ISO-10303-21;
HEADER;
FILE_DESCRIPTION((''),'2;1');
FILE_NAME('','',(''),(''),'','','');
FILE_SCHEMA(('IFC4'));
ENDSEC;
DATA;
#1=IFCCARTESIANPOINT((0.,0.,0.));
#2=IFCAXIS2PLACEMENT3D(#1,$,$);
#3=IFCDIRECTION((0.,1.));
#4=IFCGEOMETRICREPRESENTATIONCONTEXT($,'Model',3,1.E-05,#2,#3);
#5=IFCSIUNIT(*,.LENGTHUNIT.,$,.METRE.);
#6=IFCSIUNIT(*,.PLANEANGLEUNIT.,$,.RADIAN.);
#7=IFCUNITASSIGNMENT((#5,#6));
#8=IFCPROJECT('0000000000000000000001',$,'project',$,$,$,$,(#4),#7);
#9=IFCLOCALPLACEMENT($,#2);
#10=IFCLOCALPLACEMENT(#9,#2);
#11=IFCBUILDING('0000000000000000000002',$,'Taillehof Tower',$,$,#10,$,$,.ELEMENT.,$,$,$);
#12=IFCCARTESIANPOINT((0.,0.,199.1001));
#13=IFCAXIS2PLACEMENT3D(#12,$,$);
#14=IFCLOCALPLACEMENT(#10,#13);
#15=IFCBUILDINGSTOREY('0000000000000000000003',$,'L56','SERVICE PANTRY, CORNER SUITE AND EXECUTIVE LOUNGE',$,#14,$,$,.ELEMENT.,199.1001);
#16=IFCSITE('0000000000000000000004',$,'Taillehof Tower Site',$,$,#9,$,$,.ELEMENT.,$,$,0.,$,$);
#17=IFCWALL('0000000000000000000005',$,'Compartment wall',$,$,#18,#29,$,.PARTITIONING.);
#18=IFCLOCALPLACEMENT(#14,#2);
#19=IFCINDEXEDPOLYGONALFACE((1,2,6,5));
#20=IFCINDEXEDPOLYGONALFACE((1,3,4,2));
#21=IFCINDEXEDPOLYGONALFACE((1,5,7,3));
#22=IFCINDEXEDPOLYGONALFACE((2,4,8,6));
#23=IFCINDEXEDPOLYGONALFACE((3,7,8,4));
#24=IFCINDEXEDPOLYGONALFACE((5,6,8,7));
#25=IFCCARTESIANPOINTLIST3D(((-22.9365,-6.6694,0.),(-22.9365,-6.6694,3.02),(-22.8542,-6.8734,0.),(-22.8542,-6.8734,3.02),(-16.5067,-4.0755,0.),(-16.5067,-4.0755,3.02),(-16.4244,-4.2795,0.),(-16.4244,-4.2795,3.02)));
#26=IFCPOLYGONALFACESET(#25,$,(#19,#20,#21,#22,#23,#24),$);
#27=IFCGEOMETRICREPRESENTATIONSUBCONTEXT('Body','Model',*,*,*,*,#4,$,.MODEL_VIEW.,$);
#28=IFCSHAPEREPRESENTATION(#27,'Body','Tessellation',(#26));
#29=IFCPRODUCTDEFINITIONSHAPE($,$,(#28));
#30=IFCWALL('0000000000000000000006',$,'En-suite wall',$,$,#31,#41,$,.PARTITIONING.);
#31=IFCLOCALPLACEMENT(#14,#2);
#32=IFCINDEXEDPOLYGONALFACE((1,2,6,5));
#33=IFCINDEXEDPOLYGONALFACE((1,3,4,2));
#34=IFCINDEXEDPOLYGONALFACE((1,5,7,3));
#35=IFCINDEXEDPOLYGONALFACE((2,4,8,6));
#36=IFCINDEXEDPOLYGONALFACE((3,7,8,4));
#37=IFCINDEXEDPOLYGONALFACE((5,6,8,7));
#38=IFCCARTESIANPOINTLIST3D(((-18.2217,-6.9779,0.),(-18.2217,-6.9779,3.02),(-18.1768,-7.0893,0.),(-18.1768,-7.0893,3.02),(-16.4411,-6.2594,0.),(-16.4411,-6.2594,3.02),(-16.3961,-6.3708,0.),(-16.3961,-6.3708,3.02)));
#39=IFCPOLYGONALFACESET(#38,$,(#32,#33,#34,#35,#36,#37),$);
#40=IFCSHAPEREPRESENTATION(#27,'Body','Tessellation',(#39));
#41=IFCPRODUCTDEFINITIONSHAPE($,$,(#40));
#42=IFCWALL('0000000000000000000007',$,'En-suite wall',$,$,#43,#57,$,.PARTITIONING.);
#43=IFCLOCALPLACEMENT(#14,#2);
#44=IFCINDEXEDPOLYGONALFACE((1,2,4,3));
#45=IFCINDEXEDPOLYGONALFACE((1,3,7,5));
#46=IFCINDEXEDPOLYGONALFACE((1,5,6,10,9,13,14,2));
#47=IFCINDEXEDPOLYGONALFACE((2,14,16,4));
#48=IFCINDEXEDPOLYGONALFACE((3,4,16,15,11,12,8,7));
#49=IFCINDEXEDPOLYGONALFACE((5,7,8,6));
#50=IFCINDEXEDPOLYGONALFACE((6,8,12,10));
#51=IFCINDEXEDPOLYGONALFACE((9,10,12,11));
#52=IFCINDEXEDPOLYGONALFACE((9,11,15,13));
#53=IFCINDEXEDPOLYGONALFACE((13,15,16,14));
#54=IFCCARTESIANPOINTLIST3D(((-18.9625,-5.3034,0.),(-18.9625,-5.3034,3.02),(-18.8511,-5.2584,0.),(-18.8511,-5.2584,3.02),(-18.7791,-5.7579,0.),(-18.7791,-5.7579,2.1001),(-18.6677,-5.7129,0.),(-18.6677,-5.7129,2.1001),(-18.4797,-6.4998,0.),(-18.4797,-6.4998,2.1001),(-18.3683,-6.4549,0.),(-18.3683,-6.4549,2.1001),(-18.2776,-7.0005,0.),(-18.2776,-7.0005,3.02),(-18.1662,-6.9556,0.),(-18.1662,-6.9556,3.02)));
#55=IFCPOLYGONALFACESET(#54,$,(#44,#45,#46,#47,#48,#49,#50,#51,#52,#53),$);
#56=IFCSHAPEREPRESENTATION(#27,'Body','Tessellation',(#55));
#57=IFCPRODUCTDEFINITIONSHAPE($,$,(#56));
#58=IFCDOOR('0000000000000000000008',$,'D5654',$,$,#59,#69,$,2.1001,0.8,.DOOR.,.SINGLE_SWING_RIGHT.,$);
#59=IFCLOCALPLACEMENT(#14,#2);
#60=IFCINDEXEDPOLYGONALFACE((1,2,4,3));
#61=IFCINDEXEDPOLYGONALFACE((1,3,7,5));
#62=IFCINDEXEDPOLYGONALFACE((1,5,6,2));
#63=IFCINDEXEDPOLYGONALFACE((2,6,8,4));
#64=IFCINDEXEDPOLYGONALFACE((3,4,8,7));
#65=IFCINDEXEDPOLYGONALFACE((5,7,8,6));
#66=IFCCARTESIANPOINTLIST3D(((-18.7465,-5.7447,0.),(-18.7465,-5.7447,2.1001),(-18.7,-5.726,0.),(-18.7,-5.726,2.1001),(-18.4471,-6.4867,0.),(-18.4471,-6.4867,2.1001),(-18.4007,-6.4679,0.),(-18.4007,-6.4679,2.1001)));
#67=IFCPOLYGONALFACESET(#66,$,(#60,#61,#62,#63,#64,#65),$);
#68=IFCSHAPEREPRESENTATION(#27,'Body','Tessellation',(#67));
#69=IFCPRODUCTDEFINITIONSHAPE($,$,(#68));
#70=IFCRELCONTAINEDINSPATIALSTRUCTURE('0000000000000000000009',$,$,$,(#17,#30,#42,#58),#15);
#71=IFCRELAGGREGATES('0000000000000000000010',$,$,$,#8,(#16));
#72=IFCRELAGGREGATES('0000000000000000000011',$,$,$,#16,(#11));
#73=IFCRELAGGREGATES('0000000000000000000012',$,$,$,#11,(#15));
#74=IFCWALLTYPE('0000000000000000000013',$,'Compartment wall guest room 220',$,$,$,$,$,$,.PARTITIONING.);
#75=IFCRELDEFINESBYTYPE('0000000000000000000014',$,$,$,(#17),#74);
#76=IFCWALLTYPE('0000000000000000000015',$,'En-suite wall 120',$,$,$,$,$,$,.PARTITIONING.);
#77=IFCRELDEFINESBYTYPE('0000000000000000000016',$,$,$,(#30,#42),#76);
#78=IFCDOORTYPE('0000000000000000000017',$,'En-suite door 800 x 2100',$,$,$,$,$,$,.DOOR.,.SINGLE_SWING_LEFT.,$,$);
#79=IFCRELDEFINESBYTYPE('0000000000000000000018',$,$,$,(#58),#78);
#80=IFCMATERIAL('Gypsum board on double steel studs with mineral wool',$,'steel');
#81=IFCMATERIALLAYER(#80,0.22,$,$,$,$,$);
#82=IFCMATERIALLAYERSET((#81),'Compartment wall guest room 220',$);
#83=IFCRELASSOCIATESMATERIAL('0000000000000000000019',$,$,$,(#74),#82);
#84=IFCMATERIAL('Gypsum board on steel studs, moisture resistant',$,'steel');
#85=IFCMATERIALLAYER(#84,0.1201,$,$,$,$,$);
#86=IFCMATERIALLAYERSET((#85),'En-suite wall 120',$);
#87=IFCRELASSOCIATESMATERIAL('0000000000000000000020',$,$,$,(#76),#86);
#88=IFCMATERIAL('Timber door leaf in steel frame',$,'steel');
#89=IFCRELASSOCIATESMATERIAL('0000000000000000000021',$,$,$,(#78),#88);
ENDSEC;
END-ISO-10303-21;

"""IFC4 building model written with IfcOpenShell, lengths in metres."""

from ifc_helpers import new_model, si_unit, direction, frame, frame_2d, origin, place, context, subcontext, project, spatial, rectangle, extrude, material, layer, layer_set, type_object, element, fill, save


model = new_model("IFC4")

# Units and contexts
model_context = context("Model", 3, precision=1e-05, world=origin(), true_north=direction((0.0, 1.0)))
body_context = subcontext(model_context, "Body", "Model", "MODEL_VIEW")
ifc_project = project(units=[si_unit("LENGTHUNIT", "METRE"), si_unit("PLANEANGLEUNIT", "RADIAN")], contexts=[model_context])

# Site, building, storey
site_placement = place(None, origin())
site = spatial("IfcSite", under=ifc_project, at=site_placement, Name="Taillehof Tower Site", CompositionType="ELEMENT", RefElevation=0.0)
building_placement = place(site_placement, origin())
building = spatial("IfcBuilding", under=site, at=building_placement, Name="Taillehof Tower", CompositionType="ELEMENT")
storey_placement = place(building_placement, frame((0.0, 0.0, 199.1001)))
storey = spatial("IfcBuildingStorey", under=building, at=storey_placement, Name="L56", Description="SERVICE PANTRY, CORNER SUITE AND EXECUTIVE LOUNGE", CompositionType="ELEMENT", Elevation=199.1001)

# Walls
ifc_material_1 = material(Name="Gypsum board on double steel studs with mineral wool", Category="steel")
ifc_layer_1 = layer(ifc_material_1, 0.22)
ifc_layer_set_1 = layer_set([ifc_layer_1], Name="Compartment wall guest room 220")
wall_type_1 = type_object("IfcWallType", Name="Compartment wall guest room 220", PredefinedType="PARTITIONING", material=ifc_layer_set_1)
wall_1_placement = place(storey_placement, frame((-22.8955, -6.7715, 0.0), z_axis=(0.0, 0.0, 1.0), x_axis=(0.927377, 0.374127, 0.0)))
element("IfcWall", 1, at=wall_1_placement, inside=storey, type_object=wall_type_1, Name="Compartment wall", PredefinedType="PARTITIONING", context=body_context, shape_type="SweptSolid", body=[
    extrude(rectangle(XDim=6.9333, YDim=0.22, at=frame_2d((3.4668, 0.0))), origin(), (0.0, 0.0, 1.0), 3.02),
])
ifc_material_2 = material(Name="Gypsum board on steel studs, moisture resistant", Category="steel")
ifc_layer_2 = layer(ifc_material_2, 0.1201)
ifc_layer_set_2 = layer_set([ifc_layer_2], Name="En-suite wall 120")
wall_type_2 = type_object("IfcWallType", Name="En-suite wall 120", PredefinedType="PARTITIONING", material=ifc_layer_set_2)
wall_2_placement = place(storey_placement, frame((-16.4187, -6.3152, 0.0), z_axis=(0.0, 0.0, 1.0), x_axis=(-0.927359, -0.374173, 0.0)))
element("IfcWall", 2, at=wall_2_placement, inside=storey, type_object=wall_type_2, Name="En-suite wall", PredefinedType="PARTITIONING", context=body_context, shape_type="SweptSolid", body=[
    extrude(rectangle(XDim=1.9202, YDim=0.1201, at=frame_2d((0.96, 0.0))), origin(), (0.0, 0.0, 1.0), 3.02),
])

# Wall, opening, door
wall_3_placement = place(storey_placement, frame((-18.2219, -6.978, 0.0), z_axis=(0.0, 0.0, 1.0), x_axis=(-0.374218, 0.927341, 0.0)))
wall_3 = element("IfcWall", 3, at=wall_3_placement, inside=storey, type_object=wall_type_2, Name="En-suite wall", PredefinedType="PARTITIONING", context=body_context, shape_type="SweptSolid", body=[
    extrude(rectangle(XDim=1.8301, YDim=0.1201, at=frame_2d((0.915, 0.0))), origin(), (0.0, 0.0, 1.0), 3.02),
])
opening_1_placement = place(wall_3_placement, frame((0.54, 0.0, 0.0)))
opening_1 = element("IfcOpeningElement", 4, at=opening_1_placement, cuts=wall_3, PredefinedType="OPENING", context=body_context, shape_type="SweptSolid", body=[
    extrude(rectangle(XDim=0.8, YDim=2.1001, at=frame_2d((0.3999, 1.05))), frame((0.0, 0.0701, 0.0), z_axis=(0.0, -1.0, 0.0), x_axis=(1.0, 0.0, 0.0)), (0.0, 0.0, 1.0), 0.1401),
])
ifc_material_3 = material(Name="Timber door leaf in steel frame", Category="steel")
door_type_1 = type_object("IfcDoorType", Name="En-suite door 800 x 2100", OperationType="SINGLE_SWING_LEFT", PredefinedType="DOOR", material=ifc_material_3)
door_1_placement = place(opening_1_placement, origin())
door_1 = element("IfcDoor", 5, at=door_1_placement, inside=storey, type_object=door_type_1, Name="D5654", OperationType="SINGLE_SWING_RIGHT", OverallHeight=2.1001, OverallWidth=0.8, PredefinedType="DOOR", context=body_context, shape_type="SweptSolid", body=[
    extrude(rectangle(XDim=0.8, YDim=2.1001, at=frame_2d((0.3999, 1.05))), frame((0.0, 0.0249, 0.0), z_axis=(0.0, -1.0, 0.0), x_axis=(1.0, 0.0, 0.0)), (0.0, 0.0, 1.0), 0.05),
])
fill(opening_1, door_1)

save(model, "model.ifc")
